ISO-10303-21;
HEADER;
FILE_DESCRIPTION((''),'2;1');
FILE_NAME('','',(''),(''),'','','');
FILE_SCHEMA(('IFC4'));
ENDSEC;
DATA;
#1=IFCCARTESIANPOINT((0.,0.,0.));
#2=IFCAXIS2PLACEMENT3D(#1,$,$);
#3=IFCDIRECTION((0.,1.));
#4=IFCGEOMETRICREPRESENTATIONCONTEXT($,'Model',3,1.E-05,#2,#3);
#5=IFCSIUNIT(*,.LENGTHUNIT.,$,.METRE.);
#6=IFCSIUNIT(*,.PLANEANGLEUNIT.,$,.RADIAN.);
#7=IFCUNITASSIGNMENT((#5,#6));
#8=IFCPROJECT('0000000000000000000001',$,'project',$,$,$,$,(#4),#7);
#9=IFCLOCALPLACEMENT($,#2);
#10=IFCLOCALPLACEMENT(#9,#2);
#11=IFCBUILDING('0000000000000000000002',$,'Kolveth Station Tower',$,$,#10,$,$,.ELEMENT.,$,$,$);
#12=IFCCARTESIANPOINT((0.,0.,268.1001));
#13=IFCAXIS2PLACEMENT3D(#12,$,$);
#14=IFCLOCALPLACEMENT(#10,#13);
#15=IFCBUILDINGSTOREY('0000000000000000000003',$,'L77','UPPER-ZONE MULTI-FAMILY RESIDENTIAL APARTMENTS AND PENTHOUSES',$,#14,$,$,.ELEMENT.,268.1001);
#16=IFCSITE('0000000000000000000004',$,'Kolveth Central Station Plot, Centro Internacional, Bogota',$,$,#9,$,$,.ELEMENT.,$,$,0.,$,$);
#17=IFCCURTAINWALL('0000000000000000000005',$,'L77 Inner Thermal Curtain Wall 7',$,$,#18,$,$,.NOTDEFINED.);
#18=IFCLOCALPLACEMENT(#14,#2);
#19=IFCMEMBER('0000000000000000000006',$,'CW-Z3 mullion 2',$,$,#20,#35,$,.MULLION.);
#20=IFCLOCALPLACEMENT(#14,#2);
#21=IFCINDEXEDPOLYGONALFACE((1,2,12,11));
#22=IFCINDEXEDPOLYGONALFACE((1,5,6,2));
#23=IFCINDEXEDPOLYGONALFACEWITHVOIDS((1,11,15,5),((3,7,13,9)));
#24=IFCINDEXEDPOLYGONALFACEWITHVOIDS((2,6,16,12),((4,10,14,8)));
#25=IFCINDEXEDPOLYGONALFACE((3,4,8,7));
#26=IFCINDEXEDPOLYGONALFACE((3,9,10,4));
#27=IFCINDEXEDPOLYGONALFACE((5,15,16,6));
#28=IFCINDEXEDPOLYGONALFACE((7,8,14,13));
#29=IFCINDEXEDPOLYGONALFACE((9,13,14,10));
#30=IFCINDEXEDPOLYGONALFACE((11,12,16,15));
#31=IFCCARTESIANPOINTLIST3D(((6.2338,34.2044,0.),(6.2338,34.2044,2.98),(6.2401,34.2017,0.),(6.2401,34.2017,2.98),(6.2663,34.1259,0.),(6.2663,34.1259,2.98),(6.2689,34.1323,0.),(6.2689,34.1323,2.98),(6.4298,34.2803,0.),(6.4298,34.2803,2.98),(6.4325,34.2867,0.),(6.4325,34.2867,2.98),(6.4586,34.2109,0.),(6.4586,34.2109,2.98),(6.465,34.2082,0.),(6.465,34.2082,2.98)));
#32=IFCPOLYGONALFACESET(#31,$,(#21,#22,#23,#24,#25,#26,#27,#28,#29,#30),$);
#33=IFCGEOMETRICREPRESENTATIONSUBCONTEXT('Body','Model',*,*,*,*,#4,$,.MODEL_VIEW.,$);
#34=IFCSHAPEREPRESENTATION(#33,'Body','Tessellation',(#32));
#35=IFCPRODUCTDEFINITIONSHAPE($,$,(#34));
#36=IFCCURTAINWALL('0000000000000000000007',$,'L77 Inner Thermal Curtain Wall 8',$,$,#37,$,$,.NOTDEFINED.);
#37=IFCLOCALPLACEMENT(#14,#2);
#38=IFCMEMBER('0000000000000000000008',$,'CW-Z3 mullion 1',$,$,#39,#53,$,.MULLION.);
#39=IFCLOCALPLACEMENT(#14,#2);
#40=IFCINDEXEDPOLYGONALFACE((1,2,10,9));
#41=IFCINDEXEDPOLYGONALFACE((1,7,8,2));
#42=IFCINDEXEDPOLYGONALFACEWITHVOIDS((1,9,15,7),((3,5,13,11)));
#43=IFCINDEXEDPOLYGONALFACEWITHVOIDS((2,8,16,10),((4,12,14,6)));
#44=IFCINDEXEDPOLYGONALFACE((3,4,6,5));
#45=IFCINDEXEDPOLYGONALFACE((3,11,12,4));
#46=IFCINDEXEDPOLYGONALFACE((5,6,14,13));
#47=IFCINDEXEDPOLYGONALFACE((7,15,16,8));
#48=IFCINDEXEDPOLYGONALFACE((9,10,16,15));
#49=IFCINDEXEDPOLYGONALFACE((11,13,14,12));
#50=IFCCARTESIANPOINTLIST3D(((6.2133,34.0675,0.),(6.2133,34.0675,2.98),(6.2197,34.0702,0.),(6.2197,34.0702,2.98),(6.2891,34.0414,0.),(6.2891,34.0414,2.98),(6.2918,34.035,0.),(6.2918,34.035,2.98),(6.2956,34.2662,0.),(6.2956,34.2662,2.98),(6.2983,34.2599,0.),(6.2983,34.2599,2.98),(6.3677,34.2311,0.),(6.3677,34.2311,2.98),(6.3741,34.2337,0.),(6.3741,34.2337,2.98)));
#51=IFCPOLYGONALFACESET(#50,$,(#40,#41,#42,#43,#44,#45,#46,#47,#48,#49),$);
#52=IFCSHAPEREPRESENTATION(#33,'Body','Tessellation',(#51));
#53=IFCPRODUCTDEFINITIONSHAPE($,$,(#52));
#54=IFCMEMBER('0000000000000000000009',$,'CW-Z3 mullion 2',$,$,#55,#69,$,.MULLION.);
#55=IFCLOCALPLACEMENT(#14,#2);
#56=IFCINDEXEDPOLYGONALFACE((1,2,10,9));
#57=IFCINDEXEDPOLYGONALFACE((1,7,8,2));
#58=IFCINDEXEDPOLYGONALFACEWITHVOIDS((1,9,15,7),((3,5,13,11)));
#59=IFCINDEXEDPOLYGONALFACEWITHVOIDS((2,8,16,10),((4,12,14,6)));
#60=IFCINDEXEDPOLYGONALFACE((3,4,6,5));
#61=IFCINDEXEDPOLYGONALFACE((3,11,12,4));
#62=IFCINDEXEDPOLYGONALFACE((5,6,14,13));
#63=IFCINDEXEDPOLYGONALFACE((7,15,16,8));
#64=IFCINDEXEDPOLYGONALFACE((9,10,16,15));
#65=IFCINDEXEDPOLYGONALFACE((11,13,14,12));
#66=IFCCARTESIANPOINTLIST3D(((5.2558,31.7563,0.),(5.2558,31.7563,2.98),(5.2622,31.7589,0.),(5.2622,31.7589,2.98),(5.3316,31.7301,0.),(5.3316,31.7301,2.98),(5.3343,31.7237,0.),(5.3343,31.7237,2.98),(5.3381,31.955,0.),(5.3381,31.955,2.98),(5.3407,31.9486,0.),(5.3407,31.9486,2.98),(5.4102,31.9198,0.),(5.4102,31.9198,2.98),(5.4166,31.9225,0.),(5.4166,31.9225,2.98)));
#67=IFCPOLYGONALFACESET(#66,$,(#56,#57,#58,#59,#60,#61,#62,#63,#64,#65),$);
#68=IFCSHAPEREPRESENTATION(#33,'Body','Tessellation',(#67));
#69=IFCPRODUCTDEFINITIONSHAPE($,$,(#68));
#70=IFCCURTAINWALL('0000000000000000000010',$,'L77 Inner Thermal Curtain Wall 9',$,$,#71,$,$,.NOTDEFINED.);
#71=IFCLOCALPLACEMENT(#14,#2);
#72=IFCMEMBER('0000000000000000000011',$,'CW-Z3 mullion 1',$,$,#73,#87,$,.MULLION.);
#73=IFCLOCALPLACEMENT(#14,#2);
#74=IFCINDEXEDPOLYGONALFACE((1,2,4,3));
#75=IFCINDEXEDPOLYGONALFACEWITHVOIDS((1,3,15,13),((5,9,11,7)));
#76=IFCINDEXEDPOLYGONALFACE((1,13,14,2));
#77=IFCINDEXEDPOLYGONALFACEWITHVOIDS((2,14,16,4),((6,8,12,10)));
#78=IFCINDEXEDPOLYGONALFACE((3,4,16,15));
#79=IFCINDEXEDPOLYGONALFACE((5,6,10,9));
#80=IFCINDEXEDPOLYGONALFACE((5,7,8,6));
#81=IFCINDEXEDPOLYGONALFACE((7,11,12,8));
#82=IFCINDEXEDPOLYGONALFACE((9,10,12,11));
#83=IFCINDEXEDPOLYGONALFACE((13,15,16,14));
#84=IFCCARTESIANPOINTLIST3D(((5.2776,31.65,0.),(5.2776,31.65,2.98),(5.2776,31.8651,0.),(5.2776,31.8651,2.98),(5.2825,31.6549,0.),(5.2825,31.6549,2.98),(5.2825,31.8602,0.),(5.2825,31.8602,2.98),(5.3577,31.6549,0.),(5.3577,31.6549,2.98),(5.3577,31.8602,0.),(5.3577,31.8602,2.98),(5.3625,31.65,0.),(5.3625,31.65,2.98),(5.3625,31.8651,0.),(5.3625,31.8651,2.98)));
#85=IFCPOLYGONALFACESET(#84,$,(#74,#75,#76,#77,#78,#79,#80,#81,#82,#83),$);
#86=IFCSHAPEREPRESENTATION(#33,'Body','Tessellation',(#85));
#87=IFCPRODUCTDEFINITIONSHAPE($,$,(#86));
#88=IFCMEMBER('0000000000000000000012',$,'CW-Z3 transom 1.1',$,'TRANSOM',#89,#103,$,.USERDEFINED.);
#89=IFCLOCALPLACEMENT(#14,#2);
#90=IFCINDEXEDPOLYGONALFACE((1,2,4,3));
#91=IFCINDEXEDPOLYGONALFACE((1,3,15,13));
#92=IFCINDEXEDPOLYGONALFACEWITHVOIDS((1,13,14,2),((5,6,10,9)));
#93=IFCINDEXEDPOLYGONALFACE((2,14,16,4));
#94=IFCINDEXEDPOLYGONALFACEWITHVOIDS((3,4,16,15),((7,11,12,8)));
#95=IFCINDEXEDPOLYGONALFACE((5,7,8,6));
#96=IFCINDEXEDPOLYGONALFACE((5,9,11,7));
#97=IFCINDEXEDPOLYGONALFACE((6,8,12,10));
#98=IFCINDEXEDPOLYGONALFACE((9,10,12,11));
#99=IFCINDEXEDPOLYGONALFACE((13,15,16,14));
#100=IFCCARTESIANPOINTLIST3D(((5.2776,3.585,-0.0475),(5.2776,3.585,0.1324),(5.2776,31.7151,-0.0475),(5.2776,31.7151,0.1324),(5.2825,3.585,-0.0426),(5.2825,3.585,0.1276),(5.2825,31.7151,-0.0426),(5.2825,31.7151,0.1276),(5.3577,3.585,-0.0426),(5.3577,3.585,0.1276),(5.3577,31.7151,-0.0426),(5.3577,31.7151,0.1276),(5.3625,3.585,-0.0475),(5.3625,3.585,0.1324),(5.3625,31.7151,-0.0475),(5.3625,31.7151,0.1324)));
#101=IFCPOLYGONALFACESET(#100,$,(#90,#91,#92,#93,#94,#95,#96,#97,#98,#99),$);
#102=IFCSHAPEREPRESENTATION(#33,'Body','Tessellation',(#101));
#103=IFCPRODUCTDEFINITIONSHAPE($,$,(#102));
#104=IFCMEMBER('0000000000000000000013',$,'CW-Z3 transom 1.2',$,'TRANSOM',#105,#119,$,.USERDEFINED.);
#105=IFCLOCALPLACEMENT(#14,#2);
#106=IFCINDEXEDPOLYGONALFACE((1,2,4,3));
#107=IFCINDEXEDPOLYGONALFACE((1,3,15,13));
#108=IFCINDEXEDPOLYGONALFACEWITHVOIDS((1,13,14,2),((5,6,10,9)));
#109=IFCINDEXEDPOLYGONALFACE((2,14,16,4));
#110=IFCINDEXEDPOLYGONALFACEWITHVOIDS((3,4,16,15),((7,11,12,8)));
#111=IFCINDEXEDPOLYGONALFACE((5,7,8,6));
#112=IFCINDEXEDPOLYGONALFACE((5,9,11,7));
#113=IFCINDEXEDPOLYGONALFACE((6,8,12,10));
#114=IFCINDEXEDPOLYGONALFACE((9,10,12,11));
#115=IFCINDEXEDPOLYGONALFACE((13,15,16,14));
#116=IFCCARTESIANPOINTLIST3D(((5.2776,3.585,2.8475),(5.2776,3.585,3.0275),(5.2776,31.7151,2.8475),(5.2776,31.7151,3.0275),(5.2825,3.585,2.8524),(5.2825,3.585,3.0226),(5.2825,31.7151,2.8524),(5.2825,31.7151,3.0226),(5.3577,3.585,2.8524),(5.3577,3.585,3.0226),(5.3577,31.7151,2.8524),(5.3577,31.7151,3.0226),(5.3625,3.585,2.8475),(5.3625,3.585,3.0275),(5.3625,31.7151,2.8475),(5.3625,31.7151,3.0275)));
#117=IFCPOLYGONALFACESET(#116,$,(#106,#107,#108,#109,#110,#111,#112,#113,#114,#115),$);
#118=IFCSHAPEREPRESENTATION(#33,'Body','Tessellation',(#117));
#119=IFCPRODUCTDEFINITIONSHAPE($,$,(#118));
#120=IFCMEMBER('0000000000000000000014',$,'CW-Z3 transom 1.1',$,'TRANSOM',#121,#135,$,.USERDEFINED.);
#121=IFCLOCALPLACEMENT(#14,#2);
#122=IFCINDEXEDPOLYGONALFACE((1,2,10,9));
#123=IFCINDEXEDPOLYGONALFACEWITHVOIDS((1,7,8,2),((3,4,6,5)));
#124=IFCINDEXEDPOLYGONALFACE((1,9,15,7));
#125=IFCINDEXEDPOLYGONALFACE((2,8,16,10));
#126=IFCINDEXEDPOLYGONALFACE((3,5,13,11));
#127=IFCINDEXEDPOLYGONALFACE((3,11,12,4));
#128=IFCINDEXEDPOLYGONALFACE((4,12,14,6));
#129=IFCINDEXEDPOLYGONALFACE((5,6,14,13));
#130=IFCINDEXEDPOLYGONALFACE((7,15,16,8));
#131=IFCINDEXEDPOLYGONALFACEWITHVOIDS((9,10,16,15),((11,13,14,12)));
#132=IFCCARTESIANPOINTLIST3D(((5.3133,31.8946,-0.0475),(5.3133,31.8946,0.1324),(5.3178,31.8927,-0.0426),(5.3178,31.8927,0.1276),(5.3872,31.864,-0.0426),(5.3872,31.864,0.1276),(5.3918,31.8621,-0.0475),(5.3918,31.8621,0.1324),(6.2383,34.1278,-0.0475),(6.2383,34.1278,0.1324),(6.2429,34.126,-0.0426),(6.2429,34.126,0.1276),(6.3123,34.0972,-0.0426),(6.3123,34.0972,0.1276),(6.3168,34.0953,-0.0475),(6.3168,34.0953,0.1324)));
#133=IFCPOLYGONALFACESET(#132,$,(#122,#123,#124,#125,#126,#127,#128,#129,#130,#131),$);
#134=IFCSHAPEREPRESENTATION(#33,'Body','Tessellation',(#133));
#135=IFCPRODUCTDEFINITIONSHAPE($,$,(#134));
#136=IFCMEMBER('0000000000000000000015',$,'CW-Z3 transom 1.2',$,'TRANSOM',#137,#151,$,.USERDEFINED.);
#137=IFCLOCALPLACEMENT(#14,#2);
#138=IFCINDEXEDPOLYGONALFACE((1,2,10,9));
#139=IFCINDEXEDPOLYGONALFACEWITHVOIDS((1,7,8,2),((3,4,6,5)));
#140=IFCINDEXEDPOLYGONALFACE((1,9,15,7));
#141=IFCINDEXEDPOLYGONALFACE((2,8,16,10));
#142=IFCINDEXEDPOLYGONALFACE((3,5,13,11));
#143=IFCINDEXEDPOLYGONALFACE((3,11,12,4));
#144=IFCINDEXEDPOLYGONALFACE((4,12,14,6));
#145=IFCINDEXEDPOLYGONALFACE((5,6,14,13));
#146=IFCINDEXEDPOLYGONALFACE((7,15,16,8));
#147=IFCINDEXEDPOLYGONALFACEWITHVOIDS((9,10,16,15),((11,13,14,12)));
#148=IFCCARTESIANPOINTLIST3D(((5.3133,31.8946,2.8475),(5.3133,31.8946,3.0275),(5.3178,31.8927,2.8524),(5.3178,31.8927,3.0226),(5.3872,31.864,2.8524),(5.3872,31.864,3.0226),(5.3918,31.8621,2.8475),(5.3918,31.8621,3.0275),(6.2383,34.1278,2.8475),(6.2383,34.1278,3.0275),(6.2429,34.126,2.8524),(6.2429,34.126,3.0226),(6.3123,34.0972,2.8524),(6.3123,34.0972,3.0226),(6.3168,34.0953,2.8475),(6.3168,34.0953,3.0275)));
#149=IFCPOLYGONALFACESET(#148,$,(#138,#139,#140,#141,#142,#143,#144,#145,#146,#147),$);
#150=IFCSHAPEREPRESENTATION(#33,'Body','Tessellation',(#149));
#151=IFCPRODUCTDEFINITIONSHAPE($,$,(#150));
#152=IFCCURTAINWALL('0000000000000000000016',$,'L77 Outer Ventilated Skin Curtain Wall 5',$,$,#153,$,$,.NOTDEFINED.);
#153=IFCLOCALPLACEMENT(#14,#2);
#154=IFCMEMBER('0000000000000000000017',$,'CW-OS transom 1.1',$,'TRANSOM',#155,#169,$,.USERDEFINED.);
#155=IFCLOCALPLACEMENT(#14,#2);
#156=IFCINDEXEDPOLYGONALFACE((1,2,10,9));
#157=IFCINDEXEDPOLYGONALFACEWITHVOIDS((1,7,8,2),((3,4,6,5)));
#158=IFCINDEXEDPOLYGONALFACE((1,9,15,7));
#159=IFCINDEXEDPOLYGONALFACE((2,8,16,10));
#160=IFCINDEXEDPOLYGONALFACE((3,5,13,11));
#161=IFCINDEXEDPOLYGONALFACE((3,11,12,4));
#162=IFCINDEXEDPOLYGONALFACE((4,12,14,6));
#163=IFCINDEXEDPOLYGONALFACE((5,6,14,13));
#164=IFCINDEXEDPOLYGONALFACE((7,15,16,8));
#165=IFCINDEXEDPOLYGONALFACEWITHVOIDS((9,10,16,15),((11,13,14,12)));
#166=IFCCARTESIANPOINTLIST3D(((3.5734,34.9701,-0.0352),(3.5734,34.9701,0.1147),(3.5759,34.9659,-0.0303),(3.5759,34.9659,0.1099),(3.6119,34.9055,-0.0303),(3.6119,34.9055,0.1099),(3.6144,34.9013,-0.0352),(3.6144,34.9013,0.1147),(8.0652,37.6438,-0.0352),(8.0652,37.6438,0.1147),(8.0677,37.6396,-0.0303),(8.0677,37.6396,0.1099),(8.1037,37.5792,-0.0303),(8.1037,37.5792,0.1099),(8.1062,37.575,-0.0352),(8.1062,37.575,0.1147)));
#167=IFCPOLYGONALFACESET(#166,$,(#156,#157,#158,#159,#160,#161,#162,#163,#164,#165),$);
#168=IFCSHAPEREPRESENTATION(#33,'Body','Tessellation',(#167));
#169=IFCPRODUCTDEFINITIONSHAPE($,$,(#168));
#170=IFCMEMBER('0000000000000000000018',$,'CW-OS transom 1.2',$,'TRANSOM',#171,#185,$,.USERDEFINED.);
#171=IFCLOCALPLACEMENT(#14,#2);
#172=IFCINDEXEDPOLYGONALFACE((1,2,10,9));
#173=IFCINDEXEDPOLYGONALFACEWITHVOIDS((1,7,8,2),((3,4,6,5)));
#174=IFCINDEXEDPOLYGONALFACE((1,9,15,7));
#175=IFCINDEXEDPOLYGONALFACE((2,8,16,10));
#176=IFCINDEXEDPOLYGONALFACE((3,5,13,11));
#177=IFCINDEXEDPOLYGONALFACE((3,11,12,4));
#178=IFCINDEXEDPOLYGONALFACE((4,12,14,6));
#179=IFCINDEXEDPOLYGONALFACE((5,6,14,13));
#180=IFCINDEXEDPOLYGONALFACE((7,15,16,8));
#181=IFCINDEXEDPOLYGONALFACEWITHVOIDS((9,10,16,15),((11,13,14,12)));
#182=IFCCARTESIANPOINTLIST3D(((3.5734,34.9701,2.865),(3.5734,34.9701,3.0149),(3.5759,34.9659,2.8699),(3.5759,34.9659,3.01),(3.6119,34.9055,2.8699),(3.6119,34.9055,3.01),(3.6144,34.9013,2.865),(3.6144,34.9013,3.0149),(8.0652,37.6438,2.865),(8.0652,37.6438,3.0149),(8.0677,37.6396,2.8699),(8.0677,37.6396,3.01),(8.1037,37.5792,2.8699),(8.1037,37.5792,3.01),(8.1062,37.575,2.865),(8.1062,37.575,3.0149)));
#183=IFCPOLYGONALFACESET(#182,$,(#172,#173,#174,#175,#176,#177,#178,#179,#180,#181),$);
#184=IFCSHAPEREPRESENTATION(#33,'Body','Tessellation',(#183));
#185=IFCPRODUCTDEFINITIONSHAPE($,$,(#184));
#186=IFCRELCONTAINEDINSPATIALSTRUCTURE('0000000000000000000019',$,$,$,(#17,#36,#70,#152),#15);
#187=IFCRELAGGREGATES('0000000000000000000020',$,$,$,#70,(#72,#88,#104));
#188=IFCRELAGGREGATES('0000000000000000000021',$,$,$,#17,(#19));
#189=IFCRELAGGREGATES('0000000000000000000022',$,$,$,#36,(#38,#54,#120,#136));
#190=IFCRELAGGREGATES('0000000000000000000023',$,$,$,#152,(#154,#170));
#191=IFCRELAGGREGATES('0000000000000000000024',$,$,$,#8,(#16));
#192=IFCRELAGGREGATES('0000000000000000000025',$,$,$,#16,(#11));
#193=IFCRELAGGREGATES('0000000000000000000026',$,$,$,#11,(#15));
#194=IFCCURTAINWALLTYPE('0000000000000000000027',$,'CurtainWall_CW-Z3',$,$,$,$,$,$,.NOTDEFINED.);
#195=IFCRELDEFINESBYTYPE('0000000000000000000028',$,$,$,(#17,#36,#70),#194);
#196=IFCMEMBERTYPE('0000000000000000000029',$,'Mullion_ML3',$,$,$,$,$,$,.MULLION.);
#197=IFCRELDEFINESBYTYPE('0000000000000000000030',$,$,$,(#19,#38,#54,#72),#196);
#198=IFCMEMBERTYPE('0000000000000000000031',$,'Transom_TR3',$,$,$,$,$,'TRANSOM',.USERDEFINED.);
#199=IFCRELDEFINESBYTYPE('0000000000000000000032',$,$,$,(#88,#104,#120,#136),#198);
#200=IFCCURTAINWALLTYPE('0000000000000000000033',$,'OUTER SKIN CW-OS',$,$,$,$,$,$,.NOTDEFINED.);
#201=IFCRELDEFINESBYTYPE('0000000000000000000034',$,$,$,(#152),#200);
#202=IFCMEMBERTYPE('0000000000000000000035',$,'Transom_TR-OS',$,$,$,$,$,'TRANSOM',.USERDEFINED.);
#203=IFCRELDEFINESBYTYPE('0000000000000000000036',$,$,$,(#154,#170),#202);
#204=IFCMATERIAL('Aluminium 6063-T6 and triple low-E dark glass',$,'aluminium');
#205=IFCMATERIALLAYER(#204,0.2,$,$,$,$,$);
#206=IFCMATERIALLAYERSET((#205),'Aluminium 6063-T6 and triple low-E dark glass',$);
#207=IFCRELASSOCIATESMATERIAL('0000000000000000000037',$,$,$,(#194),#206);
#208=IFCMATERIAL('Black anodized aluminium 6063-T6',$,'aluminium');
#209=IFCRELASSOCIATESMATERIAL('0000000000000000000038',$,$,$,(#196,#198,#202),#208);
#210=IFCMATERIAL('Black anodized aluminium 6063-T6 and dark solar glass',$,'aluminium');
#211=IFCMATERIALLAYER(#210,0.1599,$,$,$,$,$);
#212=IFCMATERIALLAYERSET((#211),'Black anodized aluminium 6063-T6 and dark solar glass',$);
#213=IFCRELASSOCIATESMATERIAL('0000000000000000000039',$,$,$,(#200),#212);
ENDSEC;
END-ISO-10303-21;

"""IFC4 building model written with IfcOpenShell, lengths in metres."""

from ifc_helpers import new_model, si_unit, direction, frame, origin, origin_2d, place, context, subcontext, project, spatial, hollow_rectangle, extrude, source, transform, mapped, material, layer, layer_set, material_profile, profile_set, type_object, element, aggregate, save


model = new_model("IFC4")

# Units and contexts
model_context = context("Model", 3, precision=1e-05, world=origin(), true_north=direction((0.0, 1.0)))
body_context = subcontext(model_context, "Body", "Model", "MODEL_VIEW")
ifc_project = project(units=[si_unit("LENGTHUNIT", "METRE"), si_unit("PLANEANGLEUNIT", "RADIAN")], contexts=[model_context])

# Site, building, storey
site_placement = place(None, origin())
site = spatial("IfcSite", under=ifc_project, at=site_placement, Name="Kolveth Central Station Plot, Centro Internacional, Bogota", CompositionType="ELEMENT", RefElevation=0.0)
building_placement = place(site_placement, origin())
building = spatial("IfcBuilding", under=site, at=building_placement, Name="Kolveth Station Tower", CompositionType="ELEMENT")
storey_placement = place(building_placement, frame((0.0, 0.0, 268.1001)))
storey = spatial("IfcBuildingStorey", under=building, at=storey_placement, Name="L77", Description="UPPER-ZONE MULTI-FAMILY RESIDENTIAL APARTMENTS AND PENTHOUSES", CompositionType="ELEMENT", Elevation=268.1001)

# Curtain wall, member
ifc_material_1 = material(Name="Aluminium 6063-T6 and triple low-E dark glass", Category="aluminium")
ifc_layer_1 = layer(ifc_material_1, 0.2)
ifc_layer_set_1 = layer_set([ifc_layer_1], Name="Aluminium 6063-T6 and triple low-E dark glass")
curtain_wall_type_1 = type_object("IfcCurtainWallType", Name="CurtainWall_CW-Z3", PredefinedType="NOTDEFINED", material=ifc_layer_set_1)
curtain_wall_1_placement = place(storey_placement, origin())
curtain_wall_1 = element("IfcCurtainWall", 1, at=curtain_wall_1_placement, inside=storey, type_object=curtain_wall_type_1, Name="L77 Inner Thermal Curtain Wall 7", PredefinedType="NOTDEFINED")
ifc_material_2 = material(Name="Black anodized aluminium 6063-T6", Category="aluminium")
ifc_material_profile_1 = material_profile(ifc_material_2, hollow_rectangle(XDim=0.085, YDim=0.2151, WallThickness=0.0049, at=origin_2d()), Name="ALU-85x215x5")
ifc_profile_set_1 = profile_set([ifc_material_profile_1], Name="Black anodized aluminium 6063-T6")
member_type_1 = type_object("IfcMemberType", Name="Mullion_ML3", PredefinedType="MULLION", material=ifc_profile_set_1)
shared_shape_1 = source(origin(), body_context, "Body", "SweptSolid", [
    extrude(hollow_rectangle(XDim=0.085, YDim=0.2151, WallThickness=0.0049, at=origin_2d()), origin(), (0.0, 0.0, 1.0), 2.98),
])
member_1_placement = place(storey_placement, frame((6.3494, 34.2063, 0.0), z_axis=(0.0, 0.0, 1.0), x_axis=(0.382693, -0.923875, 0.0)))
member_1 = element("IfcMember", 2, at=member_1_placement, type_object=member_type_1, Name="CW-Z3 mullion 2", PredefinedType="MULLION", context=body_context, shape_type="MappedRepresentation", body=[
    mapped(shared_shape_1, transform((0.0, 0.0, 0.0), x_axis=(1.0, 0.0, 0.0), y_axis=(0.0, 1.0, 0.0), z_axis=(0.0, 0.0, 1.0), scale=1.0)),
])

# Curtain walls, members
curtain_wall_2_placement = place(storey_placement, origin())
curtain_wall_2 = element("IfcCurtainWall", 3, at=curtain_wall_2_placement, inside=storey, type_object=curtain_wall_type_1, Name="L77 Inner Thermal Curtain Wall 8", PredefinedType="NOTDEFINED")
member_2_placement = place(storey_placement, frame((6.2937, 34.1506, 0.0), z_axis=(0.0, 0.0, 1.0), x_axis=(0.923875, -0.382693, 0.0)))
member_2 = element("IfcMember", 4, at=member_2_placement, type_object=member_type_1, Name="CW-Z3 mullion 1", PredefinedType="MULLION", context=body_context, shape_type="MappedRepresentation", body=[
    mapped(shared_shape_1, transform((0.0, 0.0, 0.0), x_axis=(1.0, 0.0, 0.0), y_axis=(0.0, 1.0, 0.0), z_axis=(0.0, 0.0, 1.0), scale=1.0)),
])
member_3_placement = place(storey_placement, frame((5.3362, 31.8394, 0.0), z_axis=(0.0, 0.0, 1.0), x_axis=(0.923875, -0.382693, 0.0)))
member_3 = element("IfcMember", 5, at=member_3_placement, type_object=member_type_1, Name="CW-Z3 mullion 2", PredefinedType="MULLION", context=body_context, shape_type="MappedRepresentation", body=[
    mapped(shared_shape_1, transform((0.0, 0.0, 0.0), x_axis=(1.0, 0.0, 0.0), y_axis=(0.0, 1.0, 0.0), z_axis=(0.0, 0.0, 1.0), scale=1.0)),
])
curtain_wall_3_placement = place(storey_placement, origin())
curtain_wall_3 = element("IfcCurtainWall", 6, at=curtain_wall_3_placement, inside=storey, type_object=curtain_wall_type_1, Name="L77 Inner Thermal Curtain Wall 9", PredefinedType="NOTDEFINED")
member_4_placement = place(storey_placement, frame((5.3201, 31.7576, 0.0), z_axis=(0.0, 0.0, 1.0), x_axis=(1.0, 0.0, 0.0)))
member_4 = element("IfcMember", 7, at=member_4_placement, type_object=member_type_1, Name="CW-Z3 mullion 1", PredefinedType="MULLION", context=body_context, shape_type="MappedRepresentation", body=[
    mapped(shared_shape_1, transform((0.0, 0.0, 0.0), x_axis=(1.0, 0.0, 0.0), y_axis=(0.0, 1.0, 0.0), z_axis=(0.0, 0.0, 1.0), scale=1.0)),
])
ifc_material_profile_2 = material_profile(ifc_material_2, hollow_rectangle(XDim=0.085, YDim=0.1799, WallThickness=0.0049, at=origin_2d()), Name="ALU-85x180x5")
ifc_profile_set_2 = profile_set([ifc_material_profile_2], Name="Black anodized aluminium 6063-T6")
member_type_2 = type_object("IfcMemberType", Name="Transom_TR3", ElementType="TRANSOM", PredefinedType="USERDEFINED", material=ifc_profile_set_2)
shared_shape_2 = source(origin(), body_context, "Body", "SweptSolid", [
    extrude(hollow_rectangle(XDim=0.085, YDim=0.1799, WallThickness=0.0049, at=origin_2d()), origin(), (0.0, 0.0, 1.0), 28.1301),
])
member_5_placement = place(storey_placement, frame((5.3201, 31.7151, 0.0425), z_axis=(0.0, -1.0, 0.0), x_axis=(1.0, 0.0, 0.0)))
member_5 = element("IfcMember", 8, at=member_5_placement, type_object=member_type_2, Name="CW-Z3 transom 1.1", ObjectType="TRANSOM", PredefinedType="USERDEFINED", context=body_context, shape_type="MappedRepresentation", body=[
    mapped(shared_shape_2, transform((0.0, 0.0, 0.0), x_axis=(1.0, 0.0, 0.0), y_axis=(0.0, 1.0, 0.0), z_axis=(0.0, 0.0, 1.0), scale=1.0)),
])
member_6_placement = place(storey_placement, frame((5.3201, 31.7151, 2.9375), z_axis=(0.0, -1.0, 0.0), x_axis=(1.0, 0.0, 0.0)))
member_6 = element("IfcMember", 9, at=member_6_placement, type_object=member_type_2, Name="CW-Z3 transom 1.2", ObjectType="TRANSOM", PredefinedType="USERDEFINED", context=body_context, shape_type="MappedRepresentation", body=[
    mapped(shared_shape_2, transform((0.0, 0.0, 0.0), x_axis=(1.0, 0.0, 0.0), y_axis=(0.0, 1.0, 0.0), z_axis=(0.0, 0.0, 1.0), scale=1.0)),
])
aggregate(curtain_wall_3, [member_4, member_5, member_6])

# Members
shared_shape_3 = source(origin(), body_context, "Body", "SweptSolid", [
    extrude(hollow_rectangle(XDim=0.085, YDim=0.1799, WallThickness=0.0049, at=origin_2d()), origin(), (0.0, 0.0, 1.0), 2.4172),
])
member_7_placement = place(storey_placement, frame((6.2776, 34.1116, 0.0425), z_axis=(-0.3827, -0.923873, 0.0), x_axis=(0.923873, -0.3827, 0.0)))
member_7 = element("IfcMember", 10, at=member_7_placement, type_object=member_type_2, Name="CW-Z3 transom 1.1", ObjectType="TRANSOM", PredefinedType="USERDEFINED", context=body_context, shape_type="MappedRepresentation", body=[
    mapped(shared_shape_3, transform((0.0, 0.0, 0.0), x_axis=(1.0, 0.0, 0.0), y_axis=(0.0, 1.0, 0.0), z_axis=(0.0, 0.0, 1.0), scale=1.0)),
])
member_8_placement = place(storey_placement, frame((6.2776, 34.1116, 2.9375), z_axis=(-0.3827, -0.923873, 0.0), x_axis=(0.923873, -0.3827, 0.0)))
member_8 = element("IfcMember", 11, at=member_8_placement, type_object=member_type_2, Name="CW-Z3 transom 1.2", ObjectType="TRANSOM", PredefinedType="USERDEFINED", context=body_context, shape_type="MappedRepresentation", body=[
    mapped(shared_shape_3, transform((0.0, 0.0, 0.0), x_axis=(1.0, 0.0, 0.0), y_axis=(0.0, 1.0, 0.0), z_axis=(0.0, 0.0, 1.0), scale=1.0)),
])

# Curtain wall, members
ifc_material_3 = material(Name="Black anodized aluminium 6063-T6 and dark solar glass", Category="aluminium")
ifc_layer_2 = layer(ifc_material_3, 0.1599)
ifc_layer_set_2 = layer_set([ifc_layer_2], Name="Black anodized aluminium 6063-T6 and dark solar glass")
curtain_wall_type_2 = type_object("IfcCurtainWallType", Name="OUTER SKIN CW-OS", PredefinedType="NOTDEFINED", material=ifc_layer_set_2)
curtain_wall_4_placement = place(storey_placement, origin())
curtain_wall_4 = element("IfcCurtainWall", 12, at=curtain_wall_4_placement, inside=storey, type_object=curtain_wall_type_2, Name="L77 Outer Ventilated Skin Curtain Wall 5", PredefinedType="NOTDEFINED")
ifc_material_profile_3 = material_profile(ifc_material_2, hollow_rectangle(XDim=0.0801, YDim=0.1499, WallThickness=0.0049, at=origin_2d()), Name="ALU-80x150x5")
ifc_profile_set_3 = profile_set([ifc_material_profile_3], Name="Black anodized aluminium 6063-T6")
member_type_3 = type_object("IfcMemberType", Name="Transom_TR-OS", ElementType="TRANSOM", PredefinedType="USERDEFINED", material=ifc_profile_set_3)
shared_shape_4 = source(origin(), body_context, "Body", "SweptSolid", [
    extrude(hollow_rectangle(XDim=0.0801, YDim=0.1499, WallThickness=0.0049, at=origin_2d()), origin(), (0.0, 0.0, 1.0), 5.2273),
])
member_9_placement = place(storey_placement, frame((8.0857, 37.6094, 0.0398), z_axis=(-0.859297, -0.511477, 0.0), x_axis=(0.511477, -0.859297, 0.0)))
member_9 = element("IfcMember", 13, at=member_9_placement, type_object=member_type_3, Name="CW-OS transom 1.1", ObjectType="TRANSOM", PredefinedType="USERDEFINED", context=body_context, shape_type="MappedRepresentation", body=[
    mapped(shared_shape_4, transform((0.0, 0.0, 0.0), x_axis=(1.0, 0.0, 0.0), y_axis=(0.0, 1.0, 0.0), z_axis=(0.0, 0.0, 1.0), scale=1.0)),
])
member_10_placement = place(storey_placement, frame((8.0857, 37.6094, 2.9399), z_axis=(-0.859297, -0.511477, 0.0), x_axis=(0.511477, -0.859297, 0.0)))
member_10 = element("IfcMember", 14, at=member_10_placement, type_object=member_type_3, Name="CW-OS transom 1.2", ObjectType="TRANSOM", PredefinedType="USERDEFINED", context=body_context, shape_type="MappedRepresentation", body=[
    mapped(shared_shape_4, transform((0.0, 0.0, 0.0), x_axis=(1.0, 0.0, 0.0), y_axis=(0.0, 1.0, 0.0), z_axis=(0.0, 0.0, 1.0), scale=1.0)),
])

aggregate(curtain_wall_1, [member_1])
aggregate(curtain_wall_2, [member_2, member_3, member_7, member_8])
aggregate(curtain_wall_4, [member_9, member_10])

save(model, "model.ifc")
